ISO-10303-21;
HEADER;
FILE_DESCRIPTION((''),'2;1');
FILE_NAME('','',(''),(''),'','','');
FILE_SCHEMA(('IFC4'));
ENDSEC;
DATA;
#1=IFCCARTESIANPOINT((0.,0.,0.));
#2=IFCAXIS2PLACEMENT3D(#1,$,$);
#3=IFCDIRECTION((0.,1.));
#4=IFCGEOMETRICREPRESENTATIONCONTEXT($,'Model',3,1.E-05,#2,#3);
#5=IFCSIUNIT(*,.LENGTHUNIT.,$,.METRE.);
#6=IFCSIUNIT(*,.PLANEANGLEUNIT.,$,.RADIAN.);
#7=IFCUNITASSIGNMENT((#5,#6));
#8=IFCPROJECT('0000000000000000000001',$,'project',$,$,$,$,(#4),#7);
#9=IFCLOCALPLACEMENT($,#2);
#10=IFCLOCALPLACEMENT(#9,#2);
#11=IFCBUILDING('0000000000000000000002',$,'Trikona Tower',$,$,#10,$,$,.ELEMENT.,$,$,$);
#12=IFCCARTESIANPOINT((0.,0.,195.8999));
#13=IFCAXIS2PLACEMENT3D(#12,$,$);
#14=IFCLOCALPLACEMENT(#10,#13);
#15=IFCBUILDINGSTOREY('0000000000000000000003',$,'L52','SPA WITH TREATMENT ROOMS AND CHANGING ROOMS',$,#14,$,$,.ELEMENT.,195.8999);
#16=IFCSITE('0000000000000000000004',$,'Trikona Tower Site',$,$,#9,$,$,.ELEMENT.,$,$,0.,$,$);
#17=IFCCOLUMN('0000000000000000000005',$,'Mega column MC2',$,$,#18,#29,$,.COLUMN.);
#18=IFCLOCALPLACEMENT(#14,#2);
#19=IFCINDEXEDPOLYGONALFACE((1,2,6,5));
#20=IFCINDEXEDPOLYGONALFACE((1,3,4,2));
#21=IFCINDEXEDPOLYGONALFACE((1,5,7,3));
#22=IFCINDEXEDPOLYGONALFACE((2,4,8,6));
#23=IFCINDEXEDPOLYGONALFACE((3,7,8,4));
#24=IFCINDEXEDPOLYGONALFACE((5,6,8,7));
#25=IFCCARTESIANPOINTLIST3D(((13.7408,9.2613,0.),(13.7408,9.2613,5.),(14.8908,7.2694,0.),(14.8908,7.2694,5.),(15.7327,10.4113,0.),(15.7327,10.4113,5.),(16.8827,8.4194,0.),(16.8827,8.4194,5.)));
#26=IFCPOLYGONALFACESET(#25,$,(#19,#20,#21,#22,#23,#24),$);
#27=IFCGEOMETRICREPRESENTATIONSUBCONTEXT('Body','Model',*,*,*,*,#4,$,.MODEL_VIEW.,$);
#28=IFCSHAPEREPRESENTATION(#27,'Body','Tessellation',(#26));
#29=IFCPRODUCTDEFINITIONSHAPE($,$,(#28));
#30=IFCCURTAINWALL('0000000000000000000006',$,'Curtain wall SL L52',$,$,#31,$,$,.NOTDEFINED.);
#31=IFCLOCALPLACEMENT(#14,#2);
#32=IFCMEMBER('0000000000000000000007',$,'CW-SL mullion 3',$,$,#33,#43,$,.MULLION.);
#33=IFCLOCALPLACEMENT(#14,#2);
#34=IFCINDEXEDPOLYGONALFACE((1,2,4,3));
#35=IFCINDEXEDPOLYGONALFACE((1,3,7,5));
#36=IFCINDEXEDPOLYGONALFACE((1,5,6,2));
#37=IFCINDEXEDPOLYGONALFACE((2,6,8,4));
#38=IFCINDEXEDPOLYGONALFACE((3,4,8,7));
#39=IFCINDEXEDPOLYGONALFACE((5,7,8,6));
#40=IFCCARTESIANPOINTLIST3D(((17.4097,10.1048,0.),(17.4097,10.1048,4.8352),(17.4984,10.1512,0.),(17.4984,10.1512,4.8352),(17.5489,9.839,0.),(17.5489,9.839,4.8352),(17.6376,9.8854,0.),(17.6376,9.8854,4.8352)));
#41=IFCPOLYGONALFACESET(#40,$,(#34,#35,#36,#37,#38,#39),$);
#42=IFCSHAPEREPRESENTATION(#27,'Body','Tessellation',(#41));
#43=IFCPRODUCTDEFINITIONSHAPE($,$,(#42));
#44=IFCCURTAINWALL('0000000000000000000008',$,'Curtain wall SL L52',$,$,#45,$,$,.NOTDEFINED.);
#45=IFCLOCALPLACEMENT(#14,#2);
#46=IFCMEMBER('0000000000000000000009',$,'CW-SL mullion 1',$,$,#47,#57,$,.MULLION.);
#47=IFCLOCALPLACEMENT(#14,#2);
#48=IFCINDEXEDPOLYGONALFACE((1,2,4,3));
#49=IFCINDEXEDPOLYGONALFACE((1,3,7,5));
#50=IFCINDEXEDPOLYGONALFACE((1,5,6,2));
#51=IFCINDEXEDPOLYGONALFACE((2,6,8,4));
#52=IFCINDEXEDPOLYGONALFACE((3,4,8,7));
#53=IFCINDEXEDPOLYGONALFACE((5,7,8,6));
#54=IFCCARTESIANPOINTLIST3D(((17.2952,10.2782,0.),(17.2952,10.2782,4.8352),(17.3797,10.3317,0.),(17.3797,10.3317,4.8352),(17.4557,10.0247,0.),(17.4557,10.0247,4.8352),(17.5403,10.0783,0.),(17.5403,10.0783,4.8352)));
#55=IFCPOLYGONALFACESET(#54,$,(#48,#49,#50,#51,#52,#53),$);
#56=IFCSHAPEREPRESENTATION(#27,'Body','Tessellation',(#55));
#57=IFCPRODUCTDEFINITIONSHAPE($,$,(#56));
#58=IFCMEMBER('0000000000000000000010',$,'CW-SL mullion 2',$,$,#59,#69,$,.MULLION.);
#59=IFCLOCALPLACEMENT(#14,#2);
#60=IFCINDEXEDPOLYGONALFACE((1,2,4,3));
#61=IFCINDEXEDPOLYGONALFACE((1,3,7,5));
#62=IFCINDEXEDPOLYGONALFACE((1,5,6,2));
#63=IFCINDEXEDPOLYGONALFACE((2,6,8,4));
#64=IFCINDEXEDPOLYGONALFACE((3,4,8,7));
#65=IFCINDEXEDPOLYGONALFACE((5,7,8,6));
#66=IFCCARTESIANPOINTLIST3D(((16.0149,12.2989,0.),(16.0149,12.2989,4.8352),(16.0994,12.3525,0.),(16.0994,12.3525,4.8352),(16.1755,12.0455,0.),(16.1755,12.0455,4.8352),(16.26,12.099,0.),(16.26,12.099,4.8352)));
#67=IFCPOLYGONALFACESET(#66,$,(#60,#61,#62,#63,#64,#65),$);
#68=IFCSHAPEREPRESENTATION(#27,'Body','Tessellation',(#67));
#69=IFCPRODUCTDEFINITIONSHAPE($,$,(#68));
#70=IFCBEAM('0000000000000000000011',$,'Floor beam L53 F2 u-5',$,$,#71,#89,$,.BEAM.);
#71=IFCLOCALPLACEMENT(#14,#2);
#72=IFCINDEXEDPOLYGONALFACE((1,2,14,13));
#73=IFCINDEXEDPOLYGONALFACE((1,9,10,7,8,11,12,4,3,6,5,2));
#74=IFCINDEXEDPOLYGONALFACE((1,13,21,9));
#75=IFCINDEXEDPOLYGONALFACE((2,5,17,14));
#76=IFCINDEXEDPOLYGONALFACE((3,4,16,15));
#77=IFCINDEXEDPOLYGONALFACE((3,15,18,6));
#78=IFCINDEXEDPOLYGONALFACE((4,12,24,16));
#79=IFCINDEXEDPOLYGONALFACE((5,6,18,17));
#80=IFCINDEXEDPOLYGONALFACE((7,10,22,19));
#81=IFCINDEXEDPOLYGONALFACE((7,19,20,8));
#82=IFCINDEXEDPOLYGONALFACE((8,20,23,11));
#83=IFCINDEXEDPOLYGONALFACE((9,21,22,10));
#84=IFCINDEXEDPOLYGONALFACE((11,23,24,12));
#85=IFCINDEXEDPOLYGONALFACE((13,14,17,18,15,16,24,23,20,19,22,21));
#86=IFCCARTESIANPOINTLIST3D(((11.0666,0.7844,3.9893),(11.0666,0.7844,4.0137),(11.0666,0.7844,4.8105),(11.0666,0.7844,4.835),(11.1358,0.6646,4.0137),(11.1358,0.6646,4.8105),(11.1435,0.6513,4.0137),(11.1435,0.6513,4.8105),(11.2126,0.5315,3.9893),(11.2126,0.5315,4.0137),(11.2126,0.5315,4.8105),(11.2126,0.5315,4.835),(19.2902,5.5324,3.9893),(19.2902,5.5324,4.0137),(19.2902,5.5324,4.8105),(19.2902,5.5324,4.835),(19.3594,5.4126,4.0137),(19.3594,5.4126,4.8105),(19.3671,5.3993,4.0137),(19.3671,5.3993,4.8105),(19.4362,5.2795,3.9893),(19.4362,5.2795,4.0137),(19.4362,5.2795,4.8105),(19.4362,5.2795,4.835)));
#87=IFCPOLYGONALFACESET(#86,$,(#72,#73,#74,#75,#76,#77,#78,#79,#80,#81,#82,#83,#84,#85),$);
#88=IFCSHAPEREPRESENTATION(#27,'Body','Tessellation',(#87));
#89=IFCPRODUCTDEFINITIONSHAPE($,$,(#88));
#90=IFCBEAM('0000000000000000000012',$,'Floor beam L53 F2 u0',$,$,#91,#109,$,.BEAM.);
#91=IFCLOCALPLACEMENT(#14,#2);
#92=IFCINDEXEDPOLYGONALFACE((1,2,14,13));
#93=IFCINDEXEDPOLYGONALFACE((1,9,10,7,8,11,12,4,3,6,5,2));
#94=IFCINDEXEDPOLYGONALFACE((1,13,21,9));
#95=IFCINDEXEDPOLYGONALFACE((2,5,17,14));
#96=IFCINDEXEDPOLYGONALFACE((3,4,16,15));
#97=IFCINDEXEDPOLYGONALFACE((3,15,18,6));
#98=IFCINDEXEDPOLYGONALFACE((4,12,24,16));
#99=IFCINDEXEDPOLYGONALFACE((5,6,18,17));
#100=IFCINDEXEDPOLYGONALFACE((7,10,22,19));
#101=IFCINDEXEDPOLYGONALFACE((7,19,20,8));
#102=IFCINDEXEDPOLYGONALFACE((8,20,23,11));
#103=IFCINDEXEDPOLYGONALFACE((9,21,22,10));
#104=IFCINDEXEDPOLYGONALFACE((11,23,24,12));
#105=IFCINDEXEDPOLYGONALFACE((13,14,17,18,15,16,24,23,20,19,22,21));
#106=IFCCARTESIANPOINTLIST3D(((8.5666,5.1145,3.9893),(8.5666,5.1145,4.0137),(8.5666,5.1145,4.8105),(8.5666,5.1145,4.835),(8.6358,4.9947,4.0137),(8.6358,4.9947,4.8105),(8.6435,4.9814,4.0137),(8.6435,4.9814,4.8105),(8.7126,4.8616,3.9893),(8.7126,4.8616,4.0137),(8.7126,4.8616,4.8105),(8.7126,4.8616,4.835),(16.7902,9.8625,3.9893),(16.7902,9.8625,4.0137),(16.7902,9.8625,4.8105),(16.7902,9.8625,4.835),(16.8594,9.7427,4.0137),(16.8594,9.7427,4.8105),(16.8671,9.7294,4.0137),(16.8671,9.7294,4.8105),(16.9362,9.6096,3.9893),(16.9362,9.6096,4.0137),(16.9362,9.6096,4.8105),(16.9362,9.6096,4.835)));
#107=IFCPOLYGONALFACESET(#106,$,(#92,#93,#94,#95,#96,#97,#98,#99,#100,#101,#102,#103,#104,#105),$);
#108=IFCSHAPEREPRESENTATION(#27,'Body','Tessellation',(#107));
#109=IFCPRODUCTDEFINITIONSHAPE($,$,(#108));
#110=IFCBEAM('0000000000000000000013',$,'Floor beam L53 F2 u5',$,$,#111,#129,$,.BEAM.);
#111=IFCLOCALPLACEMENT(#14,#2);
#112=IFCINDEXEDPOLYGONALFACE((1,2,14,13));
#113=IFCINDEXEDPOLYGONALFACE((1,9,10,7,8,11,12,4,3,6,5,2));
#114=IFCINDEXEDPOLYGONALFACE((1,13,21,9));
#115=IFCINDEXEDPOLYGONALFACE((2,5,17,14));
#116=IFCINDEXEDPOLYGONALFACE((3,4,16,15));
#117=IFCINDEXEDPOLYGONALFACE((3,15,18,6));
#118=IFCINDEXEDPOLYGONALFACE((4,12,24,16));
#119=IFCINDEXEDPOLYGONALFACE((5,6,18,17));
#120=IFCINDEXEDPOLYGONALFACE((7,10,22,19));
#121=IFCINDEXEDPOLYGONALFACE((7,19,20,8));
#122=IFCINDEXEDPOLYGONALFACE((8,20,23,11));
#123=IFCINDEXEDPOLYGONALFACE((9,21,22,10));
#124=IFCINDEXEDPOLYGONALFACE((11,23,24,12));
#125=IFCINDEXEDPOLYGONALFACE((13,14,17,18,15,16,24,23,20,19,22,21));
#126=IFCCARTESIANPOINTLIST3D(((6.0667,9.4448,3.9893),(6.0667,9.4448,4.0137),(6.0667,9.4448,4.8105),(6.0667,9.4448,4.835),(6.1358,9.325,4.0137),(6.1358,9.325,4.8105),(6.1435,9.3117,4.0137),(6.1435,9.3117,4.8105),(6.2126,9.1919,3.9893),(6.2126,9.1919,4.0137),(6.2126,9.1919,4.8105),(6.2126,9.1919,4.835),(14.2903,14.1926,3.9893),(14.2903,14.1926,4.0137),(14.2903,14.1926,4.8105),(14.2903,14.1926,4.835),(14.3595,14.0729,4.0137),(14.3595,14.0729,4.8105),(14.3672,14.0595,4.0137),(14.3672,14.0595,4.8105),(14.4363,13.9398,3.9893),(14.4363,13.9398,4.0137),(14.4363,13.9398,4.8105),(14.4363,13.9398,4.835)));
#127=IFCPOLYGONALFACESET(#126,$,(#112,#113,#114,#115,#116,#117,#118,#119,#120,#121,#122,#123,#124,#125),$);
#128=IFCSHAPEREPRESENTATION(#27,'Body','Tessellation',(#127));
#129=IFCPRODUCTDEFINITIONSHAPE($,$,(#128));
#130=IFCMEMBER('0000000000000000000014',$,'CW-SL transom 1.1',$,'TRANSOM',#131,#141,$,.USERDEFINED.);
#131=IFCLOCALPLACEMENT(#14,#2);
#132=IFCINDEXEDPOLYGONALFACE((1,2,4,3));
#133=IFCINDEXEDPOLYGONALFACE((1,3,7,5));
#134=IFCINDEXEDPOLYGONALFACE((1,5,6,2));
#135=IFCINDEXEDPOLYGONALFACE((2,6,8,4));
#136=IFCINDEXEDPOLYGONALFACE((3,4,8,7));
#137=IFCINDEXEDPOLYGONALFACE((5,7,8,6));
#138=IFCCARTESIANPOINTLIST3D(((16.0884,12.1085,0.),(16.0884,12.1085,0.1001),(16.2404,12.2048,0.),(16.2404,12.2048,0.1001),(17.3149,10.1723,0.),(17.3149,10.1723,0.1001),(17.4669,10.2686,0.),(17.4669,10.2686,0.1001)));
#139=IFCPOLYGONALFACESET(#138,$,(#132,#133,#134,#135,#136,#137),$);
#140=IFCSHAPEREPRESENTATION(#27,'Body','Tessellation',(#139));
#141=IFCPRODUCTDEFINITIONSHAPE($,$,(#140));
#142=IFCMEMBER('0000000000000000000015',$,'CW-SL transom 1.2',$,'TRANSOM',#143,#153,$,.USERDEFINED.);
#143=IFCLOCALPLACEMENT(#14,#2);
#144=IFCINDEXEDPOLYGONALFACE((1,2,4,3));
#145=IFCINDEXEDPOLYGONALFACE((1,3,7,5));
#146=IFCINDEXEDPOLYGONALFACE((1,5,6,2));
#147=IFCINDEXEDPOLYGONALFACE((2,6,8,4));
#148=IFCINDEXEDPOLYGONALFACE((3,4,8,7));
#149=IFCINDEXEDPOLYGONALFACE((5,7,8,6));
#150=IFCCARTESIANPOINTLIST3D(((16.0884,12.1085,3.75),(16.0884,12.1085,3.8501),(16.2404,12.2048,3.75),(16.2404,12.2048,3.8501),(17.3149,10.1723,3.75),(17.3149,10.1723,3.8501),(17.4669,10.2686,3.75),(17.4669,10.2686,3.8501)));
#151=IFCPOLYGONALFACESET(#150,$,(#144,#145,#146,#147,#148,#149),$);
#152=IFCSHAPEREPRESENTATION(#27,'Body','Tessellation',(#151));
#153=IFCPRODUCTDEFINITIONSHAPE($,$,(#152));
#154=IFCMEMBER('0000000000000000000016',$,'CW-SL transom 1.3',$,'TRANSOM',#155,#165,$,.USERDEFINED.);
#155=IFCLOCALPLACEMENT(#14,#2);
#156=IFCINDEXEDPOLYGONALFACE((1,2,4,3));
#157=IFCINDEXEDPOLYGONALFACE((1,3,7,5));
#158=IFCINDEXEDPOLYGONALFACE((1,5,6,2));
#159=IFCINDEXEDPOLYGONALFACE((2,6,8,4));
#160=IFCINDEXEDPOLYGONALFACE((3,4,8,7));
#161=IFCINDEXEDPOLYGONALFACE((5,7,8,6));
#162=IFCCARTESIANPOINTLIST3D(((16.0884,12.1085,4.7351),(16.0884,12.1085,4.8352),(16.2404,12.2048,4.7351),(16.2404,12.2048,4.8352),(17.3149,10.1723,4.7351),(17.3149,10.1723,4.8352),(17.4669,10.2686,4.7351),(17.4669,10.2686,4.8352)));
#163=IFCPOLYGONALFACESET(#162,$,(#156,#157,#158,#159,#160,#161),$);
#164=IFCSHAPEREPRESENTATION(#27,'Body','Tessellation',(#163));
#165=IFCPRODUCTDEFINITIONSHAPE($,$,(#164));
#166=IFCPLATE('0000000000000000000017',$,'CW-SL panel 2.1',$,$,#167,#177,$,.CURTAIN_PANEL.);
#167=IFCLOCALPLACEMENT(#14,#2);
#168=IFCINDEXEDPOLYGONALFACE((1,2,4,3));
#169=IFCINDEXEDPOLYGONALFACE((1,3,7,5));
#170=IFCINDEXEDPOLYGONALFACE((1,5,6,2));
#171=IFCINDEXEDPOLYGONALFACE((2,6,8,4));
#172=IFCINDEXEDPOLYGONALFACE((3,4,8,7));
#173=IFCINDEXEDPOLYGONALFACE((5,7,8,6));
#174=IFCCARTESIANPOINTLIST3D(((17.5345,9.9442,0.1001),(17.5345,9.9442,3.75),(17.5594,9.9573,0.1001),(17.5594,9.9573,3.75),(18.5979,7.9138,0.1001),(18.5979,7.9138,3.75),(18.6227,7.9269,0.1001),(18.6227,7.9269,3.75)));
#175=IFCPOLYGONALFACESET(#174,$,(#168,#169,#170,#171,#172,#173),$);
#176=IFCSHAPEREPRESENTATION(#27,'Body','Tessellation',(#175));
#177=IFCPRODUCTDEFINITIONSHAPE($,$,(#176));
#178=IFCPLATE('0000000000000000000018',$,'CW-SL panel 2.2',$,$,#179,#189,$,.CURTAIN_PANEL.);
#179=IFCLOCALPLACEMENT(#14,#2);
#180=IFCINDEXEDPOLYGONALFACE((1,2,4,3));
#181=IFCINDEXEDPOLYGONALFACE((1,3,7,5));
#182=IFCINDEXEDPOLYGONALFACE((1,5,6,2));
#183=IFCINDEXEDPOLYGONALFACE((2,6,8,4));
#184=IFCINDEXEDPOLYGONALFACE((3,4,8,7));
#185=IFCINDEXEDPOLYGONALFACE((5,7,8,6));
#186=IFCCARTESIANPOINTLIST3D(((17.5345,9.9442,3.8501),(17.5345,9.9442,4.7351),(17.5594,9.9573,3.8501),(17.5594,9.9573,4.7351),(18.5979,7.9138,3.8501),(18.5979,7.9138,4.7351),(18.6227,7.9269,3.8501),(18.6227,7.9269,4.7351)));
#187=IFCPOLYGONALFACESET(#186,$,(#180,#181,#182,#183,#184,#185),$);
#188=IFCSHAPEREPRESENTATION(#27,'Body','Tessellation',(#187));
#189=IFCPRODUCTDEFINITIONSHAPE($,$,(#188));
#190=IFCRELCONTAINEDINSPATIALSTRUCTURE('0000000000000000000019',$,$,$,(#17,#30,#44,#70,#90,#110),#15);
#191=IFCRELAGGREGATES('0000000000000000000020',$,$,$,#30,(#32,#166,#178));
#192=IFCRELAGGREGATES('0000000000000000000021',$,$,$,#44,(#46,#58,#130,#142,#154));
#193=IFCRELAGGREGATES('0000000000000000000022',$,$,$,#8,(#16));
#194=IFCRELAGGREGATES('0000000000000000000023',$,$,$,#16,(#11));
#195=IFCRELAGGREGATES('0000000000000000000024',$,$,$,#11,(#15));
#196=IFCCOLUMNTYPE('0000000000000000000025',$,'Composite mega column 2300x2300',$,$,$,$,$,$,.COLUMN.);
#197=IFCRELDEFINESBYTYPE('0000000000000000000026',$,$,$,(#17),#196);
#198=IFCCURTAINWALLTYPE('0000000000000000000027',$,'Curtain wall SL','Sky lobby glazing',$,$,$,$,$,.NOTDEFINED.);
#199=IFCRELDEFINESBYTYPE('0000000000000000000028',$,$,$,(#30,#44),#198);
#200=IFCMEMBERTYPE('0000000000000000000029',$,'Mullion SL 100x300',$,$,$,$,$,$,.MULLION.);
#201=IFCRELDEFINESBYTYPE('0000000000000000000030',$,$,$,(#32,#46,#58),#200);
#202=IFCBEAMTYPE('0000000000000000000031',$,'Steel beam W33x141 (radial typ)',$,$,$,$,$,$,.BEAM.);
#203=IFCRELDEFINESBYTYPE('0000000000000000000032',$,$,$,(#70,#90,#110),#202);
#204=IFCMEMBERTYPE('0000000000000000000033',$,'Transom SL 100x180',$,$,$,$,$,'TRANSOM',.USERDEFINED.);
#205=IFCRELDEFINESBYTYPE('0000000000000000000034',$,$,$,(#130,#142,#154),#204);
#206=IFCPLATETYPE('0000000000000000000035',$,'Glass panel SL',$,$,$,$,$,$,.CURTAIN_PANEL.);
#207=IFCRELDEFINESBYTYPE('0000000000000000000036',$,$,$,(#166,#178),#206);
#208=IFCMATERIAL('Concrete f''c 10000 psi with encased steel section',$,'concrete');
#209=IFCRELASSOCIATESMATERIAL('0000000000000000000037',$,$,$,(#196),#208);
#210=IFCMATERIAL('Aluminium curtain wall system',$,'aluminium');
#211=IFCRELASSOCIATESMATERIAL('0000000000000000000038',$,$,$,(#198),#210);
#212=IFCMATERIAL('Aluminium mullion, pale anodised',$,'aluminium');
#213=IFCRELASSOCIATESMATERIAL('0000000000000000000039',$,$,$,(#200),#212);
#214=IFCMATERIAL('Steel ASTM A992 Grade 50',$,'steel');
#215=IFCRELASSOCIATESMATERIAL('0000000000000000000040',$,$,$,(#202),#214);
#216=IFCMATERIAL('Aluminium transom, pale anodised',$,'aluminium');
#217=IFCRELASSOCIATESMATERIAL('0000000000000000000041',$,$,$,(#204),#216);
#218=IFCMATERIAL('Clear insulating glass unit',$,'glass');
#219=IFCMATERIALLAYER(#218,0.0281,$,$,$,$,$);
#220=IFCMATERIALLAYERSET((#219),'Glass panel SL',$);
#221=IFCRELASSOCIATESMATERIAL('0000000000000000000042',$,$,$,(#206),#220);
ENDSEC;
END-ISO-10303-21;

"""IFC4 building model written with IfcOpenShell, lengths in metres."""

from ifc_helpers import new_model, si_unit, direction, frame, origin, origin_2d, place, context, subcontext, project, spatial, rectangle, i_section, extrude, material, layer, layer_set, material_profile, profile_set, type_object, element, aggregate, save


model = new_model("IFC4")

# Units and contexts
model_context = context("Model", 3, precision=1e-05, world=origin(), true_north=direction((0.0, 1.0)))
body_context = subcontext(model_context, "Body", "Model", "MODEL_VIEW")
ifc_project = project(units=[si_unit("LENGTHUNIT", "METRE"), si_unit("PLANEANGLEUNIT", "RADIAN")], contexts=[model_context])

# Site, building, storey
site_placement = place(None, origin())
site = spatial("IfcSite", under=ifc_project, at=site_placement, Name="Trikona Tower Site", CompositionType="ELEMENT", RefElevation=0.0)
building_placement = place(site_placement, origin())
building = spatial("IfcBuilding", under=site, at=building_placement, Name="Trikona Tower", CompositionType="ELEMENT")
storey_placement = place(building_placement, frame((0.0, 0.0, 195.8999)))
storey = spatial("IfcBuildingStorey", under=building, at=storey_placement, Name="L52", Description="SPA WITH TREATMENT ROOMS AND CHANGING ROOMS", CompositionType="ELEMENT", Elevation=195.8999)

# Column
ifc_material_1 = material(Name="Concrete f'c 10000 psi with encased steel section", Category="concrete")
ifc_material_profile_1 = material_profile(ifc_material_1, rectangle(XDim=2.3, YDim=2.3, at=origin_2d()), Name="MC2300")
ifc_profile_set_1 = profile_set([ifc_material_profile_1], Name="Concrete f'c 10000 psi with encased steel section")
column_type = type_object("IfcColumnType", Name="Composite mega column 2300x2300", PredefinedType="COLUMN", material=ifc_profile_set_1)
column_placement = place(storey_placement, frame((15.3118, 8.8403, 0.0), z_axis=(0.0, 0.0, 1.0), x_axis=(0.866025, 0.5, 0.0)))
element("IfcColumn", 1, at=column_placement, inside=storey, type_object=column_type, Name="Mega column MC2", PredefinedType="COLUMN", context=body_context, shape_type="SweptSolid", body=[
    extrude(rectangle(XDim=2.3, YDim=2.3, at=origin_2d()), origin(), (0.0, 0.0, 1.0), 5.0),
])

# Curtain wall, member
ifc_material_2 = material(Name="Aluminium curtain wall system", Category="aluminium")
curtain_wall_type = type_object("IfcCurtainWallType", Name="Curtain wall SL", Description="Sky lobby glazing", PredefinedType="NOTDEFINED", material=ifc_material_2)
curtain_wall_1_placement = place(storey_placement, origin())
curtain_wall_1 = element("IfcCurtainWall", 2, at=curtain_wall_1_placement, inside=storey, type_object=curtain_wall_type, Name="Curtain wall SL L52", PredefinedType="NOTDEFINED")
ifc_material_3 = material(Name="Aluminium mullion, pale anodised", Category="aluminium")
ifc_material_profile_2 = material_profile(ifc_material_3, rectangle(XDim=0.1001, YDim=0.3, at=origin_2d()), Name="MUL-SL")
ifc_profile_set_2 = profile_set([ifc_material_profile_2], Name="Aluminium mullion, pale anodised")
member_type_1 = type_object("IfcMemberType", Name="Mullion SL 100x300", PredefinedType="MULLION", material=ifc_profile_set_2)
member_1_placement = place(storey_placement, frame((17.5237, 9.9951, 0.0), z_axis=(0.0, 0.0, 1.0), x_axis=(-0.885862, -0.463948, 0.0)))
member_1 = element("IfcMember", 3, at=member_1_placement, type_object=member_type_1, Name="CW-SL mullion 3", PredefinedType="MULLION", context=body_context, shape_type="SweptSolid", body=[
    extrude(rectangle(XDim=0.1001, YDim=0.3, at=origin_2d()), origin(), (0.0, 0.0, 1.0), 4.8352),
])

# Curtain wall, members
curtain_wall_2_placement = place(storey_placement, origin())
curtain_wall_2 = element("IfcCurtainWall", 4, at=curtain_wall_2_placement, inside=storey, type_object=curtain_wall_type, Name="Curtain wall SL L52", PredefinedType="NOTDEFINED")
member_2_placement = place(storey_placement, frame((17.4177, 10.1782, 0.0), z_axis=(0.0, 0.0, 1.0), x_axis=(-0.844718, -0.535212, 0.0)))
member_2 = element("IfcMember", 5, at=member_2_placement, type_object=member_type_1, Name="CW-SL mullion 1", PredefinedType="MULLION", context=body_context, shape_type="SweptSolid", body=[
    extrude(rectangle(XDim=0.1001, YDim=0.3, at=origin_2d()), origin(), (0.0, 0.0, 1.0), 4.8352),
])
member_3_placement = place(storey_placement, frame((16.1375, 12.199, 0.0), z_axis=(0.0, 0.0, 1.0), x_axis=(-0.844718, -0.535212, 0.0)))
member_3 = element("IfcMember", 6, at=member_3_placement, type_object=member_type_1, Name="CW-SL mullion 2", PredefinedType="MULLION", context=body_context, shape_type="SweptSolid", body=[
    extrude(rectangle(XDim=0.1001, YDim=0.3, at=origin_2d()), origin(), (0.0, 0.0, 1.0), 4.8352),
])

# Beams
ifc_material_4 = material(Name="Steel ASTM A992 Grade 50", Category="steel")
ifc_material_profile_3 = material_profile(ifc_material_4, i_section(OverallWidth=0.292, OverallDepth=0.8457, WebThickness=0.0154, FlangeThickness=0.0244, at=origin_2d()), Name="W33X141")
ifc_profile_set_3 = profile_set([ifc_material_profile_3], Name="Steel ASTM A992 Grade 50")
beam_type = type_object("IfcBeamType", Name="Steel beam W33x141 (radial typ)", PredefinedType="BEAM", material=ifc_profile_set_3)
for number, where, z_axis, x_axis, name in (
    (7, (11.1396, 0.658, 4.4121), (0.866019, 0.50001, 0.0), (-0.50001, 0.866019, 0.0), "Floor beam L53 F2 u-5"),
    (8, (8.6396, 4.988, 4.4121), (0.866019, 0.50001, 0.0), (-0.50001, 0.866019, 0.0), "Floor beam L53 F2 u0"),
    (9, (6.1396, 9.3184, 4.4121), (0.866031, 0.499991, 0.0), (-0.499991, 0.866031, 0.0), "Floor beam L53 F2 u5"),
):
    element("IfcBeam", number, at=place(storey_placement, frame(where, z_axis=z_axis, x_axis=x_axis)), inside=storey, type_object=beam_type, Name=name, PredefinedType="BEAM", context=body_context, shape_type="SweptSolid", body=[
        extrude(i_section(OverallWidth=0.292, OverallDepth=0.8457, WebThickness=0.0154, FlangeThickness=0.0244, at=origin_2d()), origin(), (0.0, 0.0, 1.0), 9.4958),
    ])

# Members
ifc_material_5 = material(Name="Aluminium transom, pale anodised", Category="aluminium")
ifc_material_profile_4 = material_profile(ifc_material_5, rectangle(XDim=0.1799, YDim=0.1001, at=origin_2d()), Name="TRN-SL")
ifc_profile_set_4 = profile_set([ifc_material_profile_4], Name="Aluminium transom, pale anodised")
member_type_2 = type_object("IfcMemberType", Name="Transom SL 100x180", ElementType="TRANSOM", PredefinedType="USERDEFINED", material=ifc_profile_set_4)
member_4_placement = place(storey_placement, frame((17.3909, 10.2205, 0.05), z_axis=(-0.535131, 0.844769, 0.0), x_axis=(-0.844769, -0.535131, 0.0)))
member_4 = element("IfcMember", 10, at=member_4_placement, type_object=member_type_2, Name="CW-SL transom 1.1", ObjectType="TRANSOM", PredefinedType="USERDEFINED", context=body_context, shape_type="SweptSolid", body=[
    extrude(rectangle(XDim=0.1799, YDim=0.1001, at=origin_2d()), origin(), (0.0, 0.0, 1.0), 2.292),
])
member_5_placement = place(storey_placement, frame((17.3909, 10.2205, 3.8), z_axis=(-0.535131, 0.844769, 0.0), x_axis=(-0.844769, -0.535131, 0.0)))
member_5 = element("IfcMember", 11, at=member_5_placement, type_object=member_type_2, Name="CW-SL transom 1.2", ObjectType="TRANSOM", PredefinedType="USERDEFINED", context=body_context, shape_type="SweptSolid", body=[
    extrude(rectangle(XDim=0.1799, YDim=0.1001, at=origin_2d()), origin(), (0.0, 0.0, 1.0), 2.292),
])
member_6_placement = place(storey_placement, frame((17.3909, 10.2205, 4.7852), z_axis=(-0.535131, 0.844769, 0.0), x_axis=(-0.844769, -0.535131, 0.0)))
member_6 = element("IfcMember", 12, at=member_6_placement, type_object=member_type_2, Name="CW-SL transom 1.3", ObjectType="TRANSOM", PredefinedType="USERDEFINED", context=body_context, shape_type="SweptSolid", body=[
    extrude(rectangle(XDim=0.1799, YDim=0.1001, at=origin_2d()), origin(), (0.0, 0.0, 1.0), 2.292),
])

# Plates
ifc_material_6 = material(Name="Clear insulating glass unit", Category="glass")
ifc_layer_1 = layer(ifc_material_6, 0.0281)
ifc_layer_set_1 = layer_set([ifc_layer_1], Name="Glass panel SL")
plate_type = type_object("IfcPlateType", Name="Glass panel SL", PredefinedType="CURTAIN_PANEL", material=ifc_layer_set_1)
plate_1_placement = place(storey_placement, frame((18.0786, 8.9355, 0.1001), z_axis=(0.0, 0.0, 1.0), x_axis=(-0.463948, 0.885862, 0.0)))
plate_1 = element("IfcPlate", 13, at=plate_1_placement, type_object=plate_type, Name="CW-SL panel 2.1", PredefinedType="CURTAIN_PANEL", context=body_context, shape_type="SweptSolid", body=[
    extrude(rectangle(XDim=2.292, YDim=0.0281, at=origin_2d()), origin(), (0.0, 0.0, 1.0), 3.6499),
])
plate_2_placement = place(storey_placement, frame((18.0786, 8.9355, 3.8501), z_axis=(0.0, 0.0, 1.0), x_axis=(-0.463948, 0.885862, 0.0)))
plate_2 = element("IfcPlate", 14, at=plate_2_placement, type_object=plate_type, Name="CW-SL panel 2.2", PredefinedType="CURTAIN_PANEL", context=body_context, shape_type="SweptSolid", body=[
    extrude(rectangle(XDim=2.292, YDim=0.0281, at=origin_2d()), origin(), (0.0, 0.0, 1.0), 0.885),
])
aggregate(curtain_wall_1, [member_1, plate_1, plate_2])
aggregate(curtain_wall_2, [member_2, member_3, member_4, member_5, member_6])

save(model, "model.ifc")
